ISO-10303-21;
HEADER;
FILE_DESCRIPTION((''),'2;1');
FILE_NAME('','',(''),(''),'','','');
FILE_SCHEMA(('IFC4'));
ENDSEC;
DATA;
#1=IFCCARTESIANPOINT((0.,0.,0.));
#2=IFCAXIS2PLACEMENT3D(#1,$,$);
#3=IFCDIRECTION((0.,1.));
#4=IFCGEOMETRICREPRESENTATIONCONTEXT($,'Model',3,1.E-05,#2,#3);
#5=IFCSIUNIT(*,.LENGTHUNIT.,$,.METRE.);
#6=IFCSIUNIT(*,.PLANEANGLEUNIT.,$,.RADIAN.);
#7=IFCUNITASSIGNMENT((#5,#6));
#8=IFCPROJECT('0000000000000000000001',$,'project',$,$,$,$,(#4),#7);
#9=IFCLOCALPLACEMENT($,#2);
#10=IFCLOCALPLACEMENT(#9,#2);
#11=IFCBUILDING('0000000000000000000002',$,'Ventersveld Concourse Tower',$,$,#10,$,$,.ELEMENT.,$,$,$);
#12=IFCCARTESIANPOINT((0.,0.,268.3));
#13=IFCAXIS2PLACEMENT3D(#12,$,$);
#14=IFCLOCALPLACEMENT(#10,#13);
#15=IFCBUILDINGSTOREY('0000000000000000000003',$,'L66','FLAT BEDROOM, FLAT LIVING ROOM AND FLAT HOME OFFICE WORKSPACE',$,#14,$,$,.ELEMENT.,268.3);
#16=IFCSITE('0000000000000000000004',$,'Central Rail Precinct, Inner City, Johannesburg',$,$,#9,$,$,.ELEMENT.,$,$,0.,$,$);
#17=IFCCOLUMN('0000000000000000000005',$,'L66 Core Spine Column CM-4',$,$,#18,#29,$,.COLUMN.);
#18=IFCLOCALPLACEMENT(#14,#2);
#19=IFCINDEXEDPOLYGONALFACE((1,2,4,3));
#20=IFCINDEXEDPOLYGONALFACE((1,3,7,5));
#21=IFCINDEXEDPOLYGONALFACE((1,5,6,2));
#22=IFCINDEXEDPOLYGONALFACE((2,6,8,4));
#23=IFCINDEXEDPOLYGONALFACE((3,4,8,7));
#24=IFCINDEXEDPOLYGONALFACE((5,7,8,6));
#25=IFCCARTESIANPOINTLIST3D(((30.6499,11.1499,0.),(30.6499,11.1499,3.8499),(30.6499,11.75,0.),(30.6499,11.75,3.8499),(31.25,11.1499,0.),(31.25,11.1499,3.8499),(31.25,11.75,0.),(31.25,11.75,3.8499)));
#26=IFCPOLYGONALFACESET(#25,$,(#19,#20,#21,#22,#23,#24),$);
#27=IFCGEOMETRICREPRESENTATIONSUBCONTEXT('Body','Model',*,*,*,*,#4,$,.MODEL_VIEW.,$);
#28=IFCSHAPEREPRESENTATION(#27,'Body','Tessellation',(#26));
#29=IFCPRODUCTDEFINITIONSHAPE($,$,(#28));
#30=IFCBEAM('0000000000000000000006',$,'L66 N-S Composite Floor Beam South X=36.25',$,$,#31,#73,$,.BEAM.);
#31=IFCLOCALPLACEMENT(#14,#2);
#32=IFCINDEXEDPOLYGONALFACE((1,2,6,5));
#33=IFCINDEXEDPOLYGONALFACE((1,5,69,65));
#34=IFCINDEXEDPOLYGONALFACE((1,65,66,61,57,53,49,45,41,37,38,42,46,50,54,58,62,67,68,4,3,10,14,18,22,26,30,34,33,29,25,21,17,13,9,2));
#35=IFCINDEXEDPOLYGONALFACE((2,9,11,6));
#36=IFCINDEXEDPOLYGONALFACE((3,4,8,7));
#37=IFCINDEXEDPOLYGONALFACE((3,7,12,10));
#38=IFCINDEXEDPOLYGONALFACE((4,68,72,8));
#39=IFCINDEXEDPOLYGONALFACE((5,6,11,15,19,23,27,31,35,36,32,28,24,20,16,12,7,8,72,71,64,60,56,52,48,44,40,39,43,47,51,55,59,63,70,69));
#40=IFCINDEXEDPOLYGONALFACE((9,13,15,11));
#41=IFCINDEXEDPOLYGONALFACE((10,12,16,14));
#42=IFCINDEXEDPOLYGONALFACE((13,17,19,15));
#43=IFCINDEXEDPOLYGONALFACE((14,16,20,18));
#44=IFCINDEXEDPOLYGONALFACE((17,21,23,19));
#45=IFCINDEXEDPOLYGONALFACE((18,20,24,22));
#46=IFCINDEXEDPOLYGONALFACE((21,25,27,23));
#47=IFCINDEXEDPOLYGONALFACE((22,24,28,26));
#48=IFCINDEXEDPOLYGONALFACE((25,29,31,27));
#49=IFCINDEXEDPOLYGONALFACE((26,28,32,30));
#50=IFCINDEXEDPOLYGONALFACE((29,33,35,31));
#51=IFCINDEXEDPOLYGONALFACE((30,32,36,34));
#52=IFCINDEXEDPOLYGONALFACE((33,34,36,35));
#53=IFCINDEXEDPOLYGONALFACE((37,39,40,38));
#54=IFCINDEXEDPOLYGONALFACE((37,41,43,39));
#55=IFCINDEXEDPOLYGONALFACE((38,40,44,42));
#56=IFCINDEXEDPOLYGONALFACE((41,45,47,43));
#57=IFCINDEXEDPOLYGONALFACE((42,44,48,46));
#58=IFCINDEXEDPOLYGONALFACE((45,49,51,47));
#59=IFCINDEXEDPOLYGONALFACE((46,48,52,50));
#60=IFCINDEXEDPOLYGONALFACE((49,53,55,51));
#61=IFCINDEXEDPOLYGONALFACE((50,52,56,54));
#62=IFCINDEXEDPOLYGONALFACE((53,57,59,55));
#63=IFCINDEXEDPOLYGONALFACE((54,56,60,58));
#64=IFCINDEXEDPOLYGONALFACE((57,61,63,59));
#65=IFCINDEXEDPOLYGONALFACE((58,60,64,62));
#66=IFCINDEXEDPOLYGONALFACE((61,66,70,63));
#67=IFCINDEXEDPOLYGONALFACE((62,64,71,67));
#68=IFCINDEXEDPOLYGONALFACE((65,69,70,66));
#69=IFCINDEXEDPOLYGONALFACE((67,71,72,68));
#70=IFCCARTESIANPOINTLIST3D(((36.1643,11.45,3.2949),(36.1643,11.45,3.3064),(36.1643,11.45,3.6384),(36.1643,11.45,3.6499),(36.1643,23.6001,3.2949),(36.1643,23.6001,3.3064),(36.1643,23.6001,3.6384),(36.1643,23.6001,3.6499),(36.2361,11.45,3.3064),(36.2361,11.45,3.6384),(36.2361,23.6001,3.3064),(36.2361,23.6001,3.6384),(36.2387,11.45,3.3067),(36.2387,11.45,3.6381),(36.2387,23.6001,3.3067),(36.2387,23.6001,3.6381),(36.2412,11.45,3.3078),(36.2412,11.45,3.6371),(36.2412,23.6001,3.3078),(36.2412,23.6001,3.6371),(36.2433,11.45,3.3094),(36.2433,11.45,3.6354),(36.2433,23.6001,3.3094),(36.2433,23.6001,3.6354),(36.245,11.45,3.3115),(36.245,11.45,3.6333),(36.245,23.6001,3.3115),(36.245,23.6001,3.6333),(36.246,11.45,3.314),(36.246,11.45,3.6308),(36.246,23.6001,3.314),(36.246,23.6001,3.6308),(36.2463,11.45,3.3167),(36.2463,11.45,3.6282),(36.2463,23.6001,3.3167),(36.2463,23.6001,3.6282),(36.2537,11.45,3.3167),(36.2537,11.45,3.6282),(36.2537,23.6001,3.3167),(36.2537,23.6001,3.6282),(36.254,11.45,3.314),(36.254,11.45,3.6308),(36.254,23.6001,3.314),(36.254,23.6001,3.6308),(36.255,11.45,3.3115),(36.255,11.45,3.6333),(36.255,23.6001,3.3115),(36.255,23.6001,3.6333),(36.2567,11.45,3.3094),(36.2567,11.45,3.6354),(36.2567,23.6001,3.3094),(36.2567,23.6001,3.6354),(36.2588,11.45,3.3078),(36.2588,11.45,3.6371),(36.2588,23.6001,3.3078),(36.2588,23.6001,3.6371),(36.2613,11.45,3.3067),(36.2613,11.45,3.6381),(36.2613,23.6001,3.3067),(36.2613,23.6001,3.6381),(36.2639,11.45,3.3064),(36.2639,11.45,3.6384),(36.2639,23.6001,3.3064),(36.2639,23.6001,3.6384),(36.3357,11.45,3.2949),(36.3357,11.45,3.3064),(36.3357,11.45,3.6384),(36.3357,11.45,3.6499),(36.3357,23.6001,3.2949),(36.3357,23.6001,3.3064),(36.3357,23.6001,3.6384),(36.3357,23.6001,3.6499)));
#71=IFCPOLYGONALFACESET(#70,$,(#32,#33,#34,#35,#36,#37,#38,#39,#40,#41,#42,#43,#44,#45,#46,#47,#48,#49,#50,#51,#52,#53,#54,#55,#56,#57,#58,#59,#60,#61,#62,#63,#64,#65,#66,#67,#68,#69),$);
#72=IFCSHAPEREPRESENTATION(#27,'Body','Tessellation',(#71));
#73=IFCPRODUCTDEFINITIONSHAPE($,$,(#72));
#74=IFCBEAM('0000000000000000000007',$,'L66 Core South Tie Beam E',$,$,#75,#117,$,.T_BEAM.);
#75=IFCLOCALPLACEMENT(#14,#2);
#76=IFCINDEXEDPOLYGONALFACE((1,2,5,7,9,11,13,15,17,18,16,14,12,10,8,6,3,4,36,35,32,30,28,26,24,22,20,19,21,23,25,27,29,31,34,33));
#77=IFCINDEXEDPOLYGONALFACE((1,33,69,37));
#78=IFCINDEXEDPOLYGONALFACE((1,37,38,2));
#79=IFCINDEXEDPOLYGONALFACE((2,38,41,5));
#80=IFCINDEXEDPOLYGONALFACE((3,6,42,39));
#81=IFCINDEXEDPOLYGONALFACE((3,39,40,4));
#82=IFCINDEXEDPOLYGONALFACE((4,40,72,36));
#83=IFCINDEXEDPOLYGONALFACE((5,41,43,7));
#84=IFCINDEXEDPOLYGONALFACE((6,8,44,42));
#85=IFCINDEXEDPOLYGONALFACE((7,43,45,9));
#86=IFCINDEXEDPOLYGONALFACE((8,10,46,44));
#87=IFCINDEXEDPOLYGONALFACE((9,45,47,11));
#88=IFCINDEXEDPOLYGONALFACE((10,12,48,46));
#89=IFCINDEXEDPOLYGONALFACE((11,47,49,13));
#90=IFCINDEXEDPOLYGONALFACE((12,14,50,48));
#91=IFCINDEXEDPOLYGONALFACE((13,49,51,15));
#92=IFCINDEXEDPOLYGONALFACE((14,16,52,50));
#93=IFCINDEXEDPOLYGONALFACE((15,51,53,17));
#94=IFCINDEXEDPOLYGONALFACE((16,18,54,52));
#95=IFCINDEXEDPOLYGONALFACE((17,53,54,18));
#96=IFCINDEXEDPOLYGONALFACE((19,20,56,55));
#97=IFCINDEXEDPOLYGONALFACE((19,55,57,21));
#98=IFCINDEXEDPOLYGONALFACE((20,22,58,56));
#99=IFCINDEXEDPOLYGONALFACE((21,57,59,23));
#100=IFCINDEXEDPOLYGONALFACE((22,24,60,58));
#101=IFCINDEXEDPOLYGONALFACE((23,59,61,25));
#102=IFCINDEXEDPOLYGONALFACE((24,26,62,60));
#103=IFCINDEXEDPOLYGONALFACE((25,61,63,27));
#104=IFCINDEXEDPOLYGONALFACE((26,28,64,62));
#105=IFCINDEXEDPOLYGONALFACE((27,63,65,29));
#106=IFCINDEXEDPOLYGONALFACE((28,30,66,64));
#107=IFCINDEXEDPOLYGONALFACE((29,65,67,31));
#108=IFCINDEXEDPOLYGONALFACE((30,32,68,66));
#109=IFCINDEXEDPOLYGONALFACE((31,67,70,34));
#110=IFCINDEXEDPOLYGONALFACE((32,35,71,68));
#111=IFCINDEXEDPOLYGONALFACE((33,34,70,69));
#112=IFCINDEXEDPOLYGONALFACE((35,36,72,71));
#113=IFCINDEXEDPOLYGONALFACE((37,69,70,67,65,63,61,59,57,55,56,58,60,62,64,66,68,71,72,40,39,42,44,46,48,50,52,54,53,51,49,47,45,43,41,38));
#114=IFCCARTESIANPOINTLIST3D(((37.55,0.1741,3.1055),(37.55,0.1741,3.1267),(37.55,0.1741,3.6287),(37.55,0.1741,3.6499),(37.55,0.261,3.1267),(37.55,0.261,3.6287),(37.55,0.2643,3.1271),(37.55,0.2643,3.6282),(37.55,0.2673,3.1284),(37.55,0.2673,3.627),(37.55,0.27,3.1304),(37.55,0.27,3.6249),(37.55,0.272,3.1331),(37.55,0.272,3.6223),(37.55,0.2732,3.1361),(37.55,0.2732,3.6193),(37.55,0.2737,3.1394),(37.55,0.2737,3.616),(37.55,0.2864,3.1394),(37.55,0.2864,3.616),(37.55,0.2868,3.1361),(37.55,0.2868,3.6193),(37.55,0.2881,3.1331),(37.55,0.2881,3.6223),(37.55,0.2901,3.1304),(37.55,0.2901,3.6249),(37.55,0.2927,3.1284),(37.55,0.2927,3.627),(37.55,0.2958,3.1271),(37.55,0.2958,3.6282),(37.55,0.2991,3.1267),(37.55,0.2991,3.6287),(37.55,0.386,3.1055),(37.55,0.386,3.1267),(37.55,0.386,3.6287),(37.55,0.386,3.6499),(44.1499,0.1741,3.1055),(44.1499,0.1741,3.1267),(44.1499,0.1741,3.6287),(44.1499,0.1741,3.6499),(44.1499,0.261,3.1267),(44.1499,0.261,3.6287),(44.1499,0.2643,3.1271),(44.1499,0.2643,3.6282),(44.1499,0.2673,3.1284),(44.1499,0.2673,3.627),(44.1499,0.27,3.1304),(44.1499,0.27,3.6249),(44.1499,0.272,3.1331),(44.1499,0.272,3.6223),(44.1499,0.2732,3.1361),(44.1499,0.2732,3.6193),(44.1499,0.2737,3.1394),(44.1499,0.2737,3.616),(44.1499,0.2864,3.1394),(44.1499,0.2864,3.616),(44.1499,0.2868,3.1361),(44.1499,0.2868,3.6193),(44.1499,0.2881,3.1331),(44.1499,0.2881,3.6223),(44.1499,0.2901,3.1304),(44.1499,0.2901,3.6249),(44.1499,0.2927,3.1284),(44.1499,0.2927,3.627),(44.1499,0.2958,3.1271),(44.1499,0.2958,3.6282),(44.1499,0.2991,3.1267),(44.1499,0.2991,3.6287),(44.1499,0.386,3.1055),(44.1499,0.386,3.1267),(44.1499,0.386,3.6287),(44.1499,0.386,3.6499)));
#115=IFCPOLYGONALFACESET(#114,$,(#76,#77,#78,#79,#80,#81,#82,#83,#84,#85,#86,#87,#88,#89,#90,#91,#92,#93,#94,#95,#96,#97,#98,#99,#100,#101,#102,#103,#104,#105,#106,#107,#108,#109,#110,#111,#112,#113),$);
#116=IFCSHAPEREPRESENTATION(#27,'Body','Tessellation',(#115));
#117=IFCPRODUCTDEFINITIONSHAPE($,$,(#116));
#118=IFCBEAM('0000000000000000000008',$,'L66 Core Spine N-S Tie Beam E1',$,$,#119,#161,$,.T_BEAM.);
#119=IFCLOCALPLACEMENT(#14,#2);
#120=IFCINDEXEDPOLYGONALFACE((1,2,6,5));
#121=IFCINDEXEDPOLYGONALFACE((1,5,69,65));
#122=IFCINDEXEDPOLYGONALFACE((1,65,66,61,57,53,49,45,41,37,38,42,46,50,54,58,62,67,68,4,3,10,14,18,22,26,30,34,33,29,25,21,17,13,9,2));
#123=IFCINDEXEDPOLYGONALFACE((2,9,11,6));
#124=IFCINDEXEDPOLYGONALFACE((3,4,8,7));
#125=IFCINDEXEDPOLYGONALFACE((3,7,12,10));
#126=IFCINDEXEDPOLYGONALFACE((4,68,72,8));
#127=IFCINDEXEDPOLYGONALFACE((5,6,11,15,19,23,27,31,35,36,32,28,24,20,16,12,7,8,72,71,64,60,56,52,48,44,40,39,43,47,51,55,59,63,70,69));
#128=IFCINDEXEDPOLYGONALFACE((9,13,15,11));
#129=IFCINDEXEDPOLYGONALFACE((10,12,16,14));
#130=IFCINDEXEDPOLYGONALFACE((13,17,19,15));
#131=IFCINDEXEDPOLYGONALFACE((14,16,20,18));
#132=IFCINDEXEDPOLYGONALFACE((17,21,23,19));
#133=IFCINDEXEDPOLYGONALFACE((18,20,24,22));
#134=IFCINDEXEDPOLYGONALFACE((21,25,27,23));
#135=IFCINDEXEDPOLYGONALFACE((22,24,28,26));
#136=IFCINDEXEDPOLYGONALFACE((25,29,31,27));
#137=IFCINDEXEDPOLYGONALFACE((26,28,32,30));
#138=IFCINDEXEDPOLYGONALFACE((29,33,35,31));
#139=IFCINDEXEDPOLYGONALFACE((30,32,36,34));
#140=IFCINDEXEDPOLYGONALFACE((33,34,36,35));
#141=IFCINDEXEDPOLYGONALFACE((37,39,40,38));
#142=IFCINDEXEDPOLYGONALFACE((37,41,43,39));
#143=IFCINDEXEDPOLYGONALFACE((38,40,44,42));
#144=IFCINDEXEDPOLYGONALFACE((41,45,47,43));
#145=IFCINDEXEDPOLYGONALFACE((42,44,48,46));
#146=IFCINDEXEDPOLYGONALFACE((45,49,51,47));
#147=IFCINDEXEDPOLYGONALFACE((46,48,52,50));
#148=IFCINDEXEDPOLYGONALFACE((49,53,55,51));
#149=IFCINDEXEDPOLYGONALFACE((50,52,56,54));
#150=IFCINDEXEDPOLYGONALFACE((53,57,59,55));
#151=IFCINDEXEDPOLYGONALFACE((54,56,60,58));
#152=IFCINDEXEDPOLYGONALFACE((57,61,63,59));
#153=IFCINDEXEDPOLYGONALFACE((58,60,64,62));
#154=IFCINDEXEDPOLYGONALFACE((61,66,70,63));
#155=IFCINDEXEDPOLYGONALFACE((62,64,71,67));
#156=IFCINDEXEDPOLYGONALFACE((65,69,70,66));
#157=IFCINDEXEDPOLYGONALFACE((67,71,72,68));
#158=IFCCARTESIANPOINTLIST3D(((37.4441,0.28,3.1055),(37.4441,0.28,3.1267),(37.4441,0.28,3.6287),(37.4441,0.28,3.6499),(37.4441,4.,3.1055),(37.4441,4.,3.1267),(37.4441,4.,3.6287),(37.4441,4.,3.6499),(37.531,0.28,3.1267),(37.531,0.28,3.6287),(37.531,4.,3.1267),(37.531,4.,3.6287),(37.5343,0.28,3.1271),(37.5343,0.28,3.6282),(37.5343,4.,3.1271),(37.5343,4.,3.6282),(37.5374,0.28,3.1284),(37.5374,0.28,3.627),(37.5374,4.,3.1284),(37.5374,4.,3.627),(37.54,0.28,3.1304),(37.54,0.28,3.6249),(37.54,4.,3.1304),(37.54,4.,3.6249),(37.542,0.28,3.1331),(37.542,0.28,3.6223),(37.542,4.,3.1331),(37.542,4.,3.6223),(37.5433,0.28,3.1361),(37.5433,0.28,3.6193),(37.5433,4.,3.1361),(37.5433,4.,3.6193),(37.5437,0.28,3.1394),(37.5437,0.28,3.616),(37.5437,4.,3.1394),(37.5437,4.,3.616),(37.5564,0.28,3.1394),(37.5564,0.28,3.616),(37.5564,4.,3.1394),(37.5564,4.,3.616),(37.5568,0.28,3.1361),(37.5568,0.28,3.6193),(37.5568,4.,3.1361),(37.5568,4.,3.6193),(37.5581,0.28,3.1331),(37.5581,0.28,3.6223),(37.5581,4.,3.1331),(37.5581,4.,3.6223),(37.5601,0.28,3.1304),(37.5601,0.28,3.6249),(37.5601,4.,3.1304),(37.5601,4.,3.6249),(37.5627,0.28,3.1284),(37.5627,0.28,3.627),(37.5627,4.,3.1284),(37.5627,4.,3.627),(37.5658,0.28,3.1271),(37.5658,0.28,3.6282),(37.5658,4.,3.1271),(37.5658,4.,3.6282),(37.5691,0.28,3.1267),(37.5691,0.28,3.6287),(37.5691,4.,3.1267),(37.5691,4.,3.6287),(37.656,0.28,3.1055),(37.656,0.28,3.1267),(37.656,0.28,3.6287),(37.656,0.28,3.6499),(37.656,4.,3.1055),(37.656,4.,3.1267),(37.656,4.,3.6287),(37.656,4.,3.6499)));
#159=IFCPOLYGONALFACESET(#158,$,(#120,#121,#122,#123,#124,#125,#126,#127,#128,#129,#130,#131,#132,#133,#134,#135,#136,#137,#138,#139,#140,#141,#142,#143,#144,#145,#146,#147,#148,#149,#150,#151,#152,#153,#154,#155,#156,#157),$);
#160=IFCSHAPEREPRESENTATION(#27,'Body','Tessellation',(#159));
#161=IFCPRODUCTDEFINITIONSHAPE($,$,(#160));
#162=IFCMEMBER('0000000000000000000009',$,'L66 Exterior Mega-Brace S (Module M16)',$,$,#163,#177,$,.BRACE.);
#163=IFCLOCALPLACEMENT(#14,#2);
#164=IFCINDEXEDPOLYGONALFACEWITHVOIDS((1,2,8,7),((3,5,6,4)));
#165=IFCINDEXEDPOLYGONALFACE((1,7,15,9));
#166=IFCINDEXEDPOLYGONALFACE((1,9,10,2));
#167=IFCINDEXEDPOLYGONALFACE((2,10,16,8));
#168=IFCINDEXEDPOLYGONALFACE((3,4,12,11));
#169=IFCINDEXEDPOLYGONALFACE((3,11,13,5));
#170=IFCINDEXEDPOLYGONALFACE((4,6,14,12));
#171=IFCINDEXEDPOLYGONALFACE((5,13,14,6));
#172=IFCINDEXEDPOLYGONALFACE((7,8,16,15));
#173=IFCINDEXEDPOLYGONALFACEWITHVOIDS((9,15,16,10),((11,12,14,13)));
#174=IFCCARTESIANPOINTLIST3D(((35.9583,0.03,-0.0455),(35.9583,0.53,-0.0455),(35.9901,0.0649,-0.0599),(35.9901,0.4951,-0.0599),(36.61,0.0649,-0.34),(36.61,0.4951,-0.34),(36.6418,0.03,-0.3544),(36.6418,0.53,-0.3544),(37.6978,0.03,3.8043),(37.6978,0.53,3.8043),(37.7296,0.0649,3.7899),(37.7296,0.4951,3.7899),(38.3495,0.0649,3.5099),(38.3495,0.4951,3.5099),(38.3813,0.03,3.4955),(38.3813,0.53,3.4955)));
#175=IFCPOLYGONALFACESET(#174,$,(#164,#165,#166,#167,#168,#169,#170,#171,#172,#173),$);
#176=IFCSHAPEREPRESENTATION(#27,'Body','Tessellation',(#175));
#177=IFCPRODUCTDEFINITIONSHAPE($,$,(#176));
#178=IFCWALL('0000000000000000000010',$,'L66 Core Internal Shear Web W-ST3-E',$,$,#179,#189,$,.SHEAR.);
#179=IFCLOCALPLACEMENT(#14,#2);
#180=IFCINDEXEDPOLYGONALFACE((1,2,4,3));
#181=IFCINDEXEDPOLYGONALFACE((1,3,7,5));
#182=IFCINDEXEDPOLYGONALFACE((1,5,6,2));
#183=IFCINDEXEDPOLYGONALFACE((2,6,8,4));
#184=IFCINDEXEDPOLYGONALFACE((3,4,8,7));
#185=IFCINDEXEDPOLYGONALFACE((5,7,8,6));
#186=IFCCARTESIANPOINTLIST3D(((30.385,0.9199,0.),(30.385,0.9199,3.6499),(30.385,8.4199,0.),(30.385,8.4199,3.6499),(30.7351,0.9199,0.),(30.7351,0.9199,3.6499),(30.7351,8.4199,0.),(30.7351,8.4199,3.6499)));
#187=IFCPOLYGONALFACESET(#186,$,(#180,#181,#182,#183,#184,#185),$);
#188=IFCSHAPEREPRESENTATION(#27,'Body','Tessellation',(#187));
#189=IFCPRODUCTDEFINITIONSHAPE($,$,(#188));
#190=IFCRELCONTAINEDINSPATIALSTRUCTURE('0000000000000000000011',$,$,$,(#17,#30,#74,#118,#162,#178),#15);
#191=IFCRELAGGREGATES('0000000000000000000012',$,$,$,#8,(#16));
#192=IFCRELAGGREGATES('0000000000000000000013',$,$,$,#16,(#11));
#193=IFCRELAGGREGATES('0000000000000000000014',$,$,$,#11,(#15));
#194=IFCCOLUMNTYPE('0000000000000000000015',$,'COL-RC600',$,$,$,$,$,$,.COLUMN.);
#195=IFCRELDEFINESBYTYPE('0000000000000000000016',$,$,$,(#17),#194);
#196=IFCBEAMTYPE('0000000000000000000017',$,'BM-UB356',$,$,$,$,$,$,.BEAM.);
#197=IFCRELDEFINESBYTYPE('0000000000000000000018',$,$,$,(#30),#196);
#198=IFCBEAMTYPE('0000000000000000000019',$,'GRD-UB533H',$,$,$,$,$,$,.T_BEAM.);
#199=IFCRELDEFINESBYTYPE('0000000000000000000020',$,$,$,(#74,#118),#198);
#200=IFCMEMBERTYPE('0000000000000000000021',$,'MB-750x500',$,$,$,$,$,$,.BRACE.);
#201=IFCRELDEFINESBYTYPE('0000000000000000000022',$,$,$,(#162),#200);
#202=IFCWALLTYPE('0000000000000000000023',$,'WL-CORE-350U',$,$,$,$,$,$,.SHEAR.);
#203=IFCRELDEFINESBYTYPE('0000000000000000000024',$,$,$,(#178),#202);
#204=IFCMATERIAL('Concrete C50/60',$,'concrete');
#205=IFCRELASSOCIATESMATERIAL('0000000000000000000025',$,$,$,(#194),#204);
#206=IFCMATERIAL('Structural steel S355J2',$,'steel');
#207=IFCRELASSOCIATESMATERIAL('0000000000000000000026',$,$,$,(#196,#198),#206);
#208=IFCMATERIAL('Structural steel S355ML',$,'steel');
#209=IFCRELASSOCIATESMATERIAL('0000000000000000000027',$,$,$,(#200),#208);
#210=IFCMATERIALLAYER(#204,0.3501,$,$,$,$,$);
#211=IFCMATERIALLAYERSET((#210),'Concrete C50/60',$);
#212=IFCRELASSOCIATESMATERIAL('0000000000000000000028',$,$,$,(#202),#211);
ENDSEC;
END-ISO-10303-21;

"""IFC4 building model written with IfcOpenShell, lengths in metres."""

from ifc_helpers import new_model, si_unit, direction, frame, frame_2d, origin, origin_2d, place, context, subcontext, project, spatial, rectangle, hollow_rectangle, i_section, extrude, material, layer, layer_set, material_profile, profile_set, type_object, element, save


model = new_model("IFC4")

# Units and contexts
model_context = context("Model", 3, precision=1e-05, world=origin(), true_north=direction((0.0, 1.0)))
body_context = subcontext(model_context, "Body", "Model", "MODEL_VIEW")
ifc_project = project(units=[si_unit("LENGTHUNIT", "METRE"), si_unit("PLANEANGLEUNIT", "RADIAN")], contexts=[model_context])

# Site, building, storey
site_placement = place(None, origin())
site = spatial("IfcSite", under=ifc_project, at=site_placement, Name="Central Rail Precinct, Inner City, Johannesburg", CompositionType="ELEMENT", RefElevation=0.0)
building_placement = place(site_placement, origin())
building = spatial("IfcBuilding", under=site, at=building_placement, Name="Ventersveld Concourse Tower", CompositionType="ELEMENT")
storey_placement = place(building_placement, frame((0.0, 0.0, 268.3)))
storey = spatial("IfcBuildingStorey", under=building, at=storey_placement, Name="L66", Description="FLAT BEDROOM, FLAT LIVING ROOM AND FLAT HOME OFFICE WORKSPACE", CompositionType="ELEMENT", Elevation=268.3)

# Column
ifc_material_1 = material(Name="Concrete C50/60", Category="concrete")
ifc_material_profile_1 = material_profile(ifc_material_1, rectangle(XDim=0.6001, YDim=0.6001, at=origin_2d()), Name="RC 600x600")
ifc_profile_set_1 = profile_set([ifc_material_profile_1], Name="Concrete C50/60")
column_type = type_object("IfcColumnType", Name="COL-RC600", PredefinedType="COLUMN", material=ifc_profile_set_1)
column_placement = place(storey_placement, frame((30.95, 11.45, 0.0), z_axis=(0.0, 0.0, 1.0), x_axis=(1.0, 0.0, 0.0)))
element("IfcColumn", 1, at=column_placement, inside=storey, type_object=column_type, Name="L66 Core Spine Column CM-4", PredefinedType="COLUMN", context=body_context, shape_type="SweptSolid", body=[
    extrude(rectangle(XDim=0.6001, YDim=0.6001, at=origin_2d()), origin(), (0.0, 0.0, 1.0), 3.8499),
])

# Beams
ifc_material_2 = material(Name="Structural steel S355J2", Category="steel")
ifc_material_profile_2 = material_profile(ifc_material_2, i_section(OverallWidth=0.1714, OverallDepth=0.355, WebThickness=0.0073, FlangeThickness=0.0115, FilletRadius=0.0103, at=origin_2d()), Name="UB 356x171x51")
ifc_profile_set_2 = profile_set([ifc_material_profile_2], Name="Structural steel S355J2")
beam_type_1 = type_object("IfcBeamType", Name="BM-UB356", PredefinedType="BEAM", material=ifc_profile_set_2)
beam_1_placement = place(storey_placement, frame((36.25, 11.45, 3.4724), z_axis=(0.0, 1.0, 0.0), x_axis=(-1.0, 0.0, 0.0)))
element("IfcBeam", 2, at=beam_1_placement, inside=storey, type_object=beam_type_1, Name="L66 N-S Composite Floor Beam South X=36.25", PredefinedType="BEAM", context=body_context, shape_type="SweptSolid", body=[
    extrude(i_section(OverallWidth=0.1714, OverallDepth=0.355, WebThickness=0.0073, FlangeThickness=0.0115, FilletRadius=0.0103, at=origin_2d()), origin(), (0.0, 0.0, 1.0), 12.1501),
])
ifc_material_profile_3 = material_profile(ifc_material_2, i_section(OverallWidth=0.2119, OverallDepth=0.5444, WebThickness=0.0127, FlangeThickness=0.0212, FilletRadius=0.0127, at=origin_2d()), Name="UB 533x210x122")
ifc_profile_set_3 = profile_set([ifc_material_profile_3], Name="Structural steel S355J2")
beam_type_2 = type_object("IfcBeamType", Name="GRD-UB533H", PredefinedType="T_BEAM", material=ifc_profile_set_3)
beam_2_placement = place(storey_placement, frame((37.55, 0.28, 3.3777), z_axis=(1.0, 0.0, 0.0), x_axis=(0.0, 1.0, 0.0)))
element("IfcBeam", 3, at=beam_2_placement, inside=storey, type_object=beam_type_2, Name="L66 Core South Tie Beam E", PredefinedType="T_BEAM", context=body_context, shape_type="SweptSolid", body=[
    extrude(i_section(OverallWidth=0.2119, OverallDepth=0.5444, WebThickness=0.0127, FlangeThickness=0.0212, FilletRadius=0.0127, at=origin_2d()), origin(), (0.0, 0.0, 1.0), 6.5999),
])
beam_3_placement = place(storey_placement, frame((37.55, 0.28, 3.3777), z_axis=(0.0, 1.0, 0.0), x_axis=(-1.0, 0.0, 0.0)))
element("IfcBeam", 4, at=beam_3_placement, inside=storey, type_object=beam_type_2, Name="L66 Core Spine N-S Tie Beam E1", PredefinedType="T_BEAM", context=body_context, shape_type="SweptSolid", body=[
    extrude(i_section(OverallWidth=0.2119, OverallDepth=0.5444, WebThickness=0.0127, FlangeThickness=0.0212, FilletRadius=0.0127, at=origin_2d()), origin(), (0.0, 0.0, 1.0), 3.72),
])

# Member
ifc_material_3 = material(Name="Structural steel S355ML", Category="steel")
ifc_material_profile_4 = material_profile(ifc_material_3, hollow_rectangle(XDim=0.5, YDim=0.75, WallThickness=0.0349, at=origin_2d()), Name="BOX 750x500x35")
ifc_profile_set_4 = profile_set([ifc_material_profile_4], Name="Structural steel S355ML")
member_type = type_object("IfcMemberType", Name="MB-750x500", PredefinedType="BRACE", material=ifc_profile_set_4)
member_placement = place(storey_placement, frame((36.3, 0.28, -0.2), z_axis=(0.411755, 0.0, 0.911294), x_axis=(0.0, 1.0, 0.0)))
element("IfcMember", 5, at=member_placement, inside=storey, type_object=member_type, Name="L66 Exterior Mega-Brace S (Module M16)", PredefinedType="BRACE", context=body_context, shape_type="SweptSolid", body=[
    extrude(hollow_rectangle(XDim=0.5, YDim=0.75, WallThickness=0.0349, at=origin_2d()), origin(), (0.0, 0.0, 1.0), 4.2246),
])

# Wall
ifc_layer_1 = layer(ifc_material_1, 0.3501)
ifc_layer_set_1 = layer_set([ifc_layer_1], Name="Concrete C50/60")
wall_type_1 = type_object("IfcWallType", Name="WL-CORE-350U", PredefinedType="SHEAR", material=ifc_layer_set_1)
for number, where, z_axis, x_axis, name in (
    (6, (30.5601, 0.9199, 0.0), (0.0, 0.0, 1.0), (0.0, 1.0, 0.0), "L66 Core Internal Shear Web W-ST3-E"),
):
    element("IfcWall", number, at=place(storey_placement, frame(where, z_axis=z_axis, x_axis=x_axis)), inside=storey, type_object=wall_type_1, Name=name, PredefinedType="SHEAR", context=body_context, shape_type="SweptSolid", body=[
        extrude(rectangle(XDim=7.5, YDim=0.3501, at=frame_2d((3.75, 0.0))), origin(), (0.0, 0.0, 1.0), 3.6499),
    ])

save(model, "model.ifc")
